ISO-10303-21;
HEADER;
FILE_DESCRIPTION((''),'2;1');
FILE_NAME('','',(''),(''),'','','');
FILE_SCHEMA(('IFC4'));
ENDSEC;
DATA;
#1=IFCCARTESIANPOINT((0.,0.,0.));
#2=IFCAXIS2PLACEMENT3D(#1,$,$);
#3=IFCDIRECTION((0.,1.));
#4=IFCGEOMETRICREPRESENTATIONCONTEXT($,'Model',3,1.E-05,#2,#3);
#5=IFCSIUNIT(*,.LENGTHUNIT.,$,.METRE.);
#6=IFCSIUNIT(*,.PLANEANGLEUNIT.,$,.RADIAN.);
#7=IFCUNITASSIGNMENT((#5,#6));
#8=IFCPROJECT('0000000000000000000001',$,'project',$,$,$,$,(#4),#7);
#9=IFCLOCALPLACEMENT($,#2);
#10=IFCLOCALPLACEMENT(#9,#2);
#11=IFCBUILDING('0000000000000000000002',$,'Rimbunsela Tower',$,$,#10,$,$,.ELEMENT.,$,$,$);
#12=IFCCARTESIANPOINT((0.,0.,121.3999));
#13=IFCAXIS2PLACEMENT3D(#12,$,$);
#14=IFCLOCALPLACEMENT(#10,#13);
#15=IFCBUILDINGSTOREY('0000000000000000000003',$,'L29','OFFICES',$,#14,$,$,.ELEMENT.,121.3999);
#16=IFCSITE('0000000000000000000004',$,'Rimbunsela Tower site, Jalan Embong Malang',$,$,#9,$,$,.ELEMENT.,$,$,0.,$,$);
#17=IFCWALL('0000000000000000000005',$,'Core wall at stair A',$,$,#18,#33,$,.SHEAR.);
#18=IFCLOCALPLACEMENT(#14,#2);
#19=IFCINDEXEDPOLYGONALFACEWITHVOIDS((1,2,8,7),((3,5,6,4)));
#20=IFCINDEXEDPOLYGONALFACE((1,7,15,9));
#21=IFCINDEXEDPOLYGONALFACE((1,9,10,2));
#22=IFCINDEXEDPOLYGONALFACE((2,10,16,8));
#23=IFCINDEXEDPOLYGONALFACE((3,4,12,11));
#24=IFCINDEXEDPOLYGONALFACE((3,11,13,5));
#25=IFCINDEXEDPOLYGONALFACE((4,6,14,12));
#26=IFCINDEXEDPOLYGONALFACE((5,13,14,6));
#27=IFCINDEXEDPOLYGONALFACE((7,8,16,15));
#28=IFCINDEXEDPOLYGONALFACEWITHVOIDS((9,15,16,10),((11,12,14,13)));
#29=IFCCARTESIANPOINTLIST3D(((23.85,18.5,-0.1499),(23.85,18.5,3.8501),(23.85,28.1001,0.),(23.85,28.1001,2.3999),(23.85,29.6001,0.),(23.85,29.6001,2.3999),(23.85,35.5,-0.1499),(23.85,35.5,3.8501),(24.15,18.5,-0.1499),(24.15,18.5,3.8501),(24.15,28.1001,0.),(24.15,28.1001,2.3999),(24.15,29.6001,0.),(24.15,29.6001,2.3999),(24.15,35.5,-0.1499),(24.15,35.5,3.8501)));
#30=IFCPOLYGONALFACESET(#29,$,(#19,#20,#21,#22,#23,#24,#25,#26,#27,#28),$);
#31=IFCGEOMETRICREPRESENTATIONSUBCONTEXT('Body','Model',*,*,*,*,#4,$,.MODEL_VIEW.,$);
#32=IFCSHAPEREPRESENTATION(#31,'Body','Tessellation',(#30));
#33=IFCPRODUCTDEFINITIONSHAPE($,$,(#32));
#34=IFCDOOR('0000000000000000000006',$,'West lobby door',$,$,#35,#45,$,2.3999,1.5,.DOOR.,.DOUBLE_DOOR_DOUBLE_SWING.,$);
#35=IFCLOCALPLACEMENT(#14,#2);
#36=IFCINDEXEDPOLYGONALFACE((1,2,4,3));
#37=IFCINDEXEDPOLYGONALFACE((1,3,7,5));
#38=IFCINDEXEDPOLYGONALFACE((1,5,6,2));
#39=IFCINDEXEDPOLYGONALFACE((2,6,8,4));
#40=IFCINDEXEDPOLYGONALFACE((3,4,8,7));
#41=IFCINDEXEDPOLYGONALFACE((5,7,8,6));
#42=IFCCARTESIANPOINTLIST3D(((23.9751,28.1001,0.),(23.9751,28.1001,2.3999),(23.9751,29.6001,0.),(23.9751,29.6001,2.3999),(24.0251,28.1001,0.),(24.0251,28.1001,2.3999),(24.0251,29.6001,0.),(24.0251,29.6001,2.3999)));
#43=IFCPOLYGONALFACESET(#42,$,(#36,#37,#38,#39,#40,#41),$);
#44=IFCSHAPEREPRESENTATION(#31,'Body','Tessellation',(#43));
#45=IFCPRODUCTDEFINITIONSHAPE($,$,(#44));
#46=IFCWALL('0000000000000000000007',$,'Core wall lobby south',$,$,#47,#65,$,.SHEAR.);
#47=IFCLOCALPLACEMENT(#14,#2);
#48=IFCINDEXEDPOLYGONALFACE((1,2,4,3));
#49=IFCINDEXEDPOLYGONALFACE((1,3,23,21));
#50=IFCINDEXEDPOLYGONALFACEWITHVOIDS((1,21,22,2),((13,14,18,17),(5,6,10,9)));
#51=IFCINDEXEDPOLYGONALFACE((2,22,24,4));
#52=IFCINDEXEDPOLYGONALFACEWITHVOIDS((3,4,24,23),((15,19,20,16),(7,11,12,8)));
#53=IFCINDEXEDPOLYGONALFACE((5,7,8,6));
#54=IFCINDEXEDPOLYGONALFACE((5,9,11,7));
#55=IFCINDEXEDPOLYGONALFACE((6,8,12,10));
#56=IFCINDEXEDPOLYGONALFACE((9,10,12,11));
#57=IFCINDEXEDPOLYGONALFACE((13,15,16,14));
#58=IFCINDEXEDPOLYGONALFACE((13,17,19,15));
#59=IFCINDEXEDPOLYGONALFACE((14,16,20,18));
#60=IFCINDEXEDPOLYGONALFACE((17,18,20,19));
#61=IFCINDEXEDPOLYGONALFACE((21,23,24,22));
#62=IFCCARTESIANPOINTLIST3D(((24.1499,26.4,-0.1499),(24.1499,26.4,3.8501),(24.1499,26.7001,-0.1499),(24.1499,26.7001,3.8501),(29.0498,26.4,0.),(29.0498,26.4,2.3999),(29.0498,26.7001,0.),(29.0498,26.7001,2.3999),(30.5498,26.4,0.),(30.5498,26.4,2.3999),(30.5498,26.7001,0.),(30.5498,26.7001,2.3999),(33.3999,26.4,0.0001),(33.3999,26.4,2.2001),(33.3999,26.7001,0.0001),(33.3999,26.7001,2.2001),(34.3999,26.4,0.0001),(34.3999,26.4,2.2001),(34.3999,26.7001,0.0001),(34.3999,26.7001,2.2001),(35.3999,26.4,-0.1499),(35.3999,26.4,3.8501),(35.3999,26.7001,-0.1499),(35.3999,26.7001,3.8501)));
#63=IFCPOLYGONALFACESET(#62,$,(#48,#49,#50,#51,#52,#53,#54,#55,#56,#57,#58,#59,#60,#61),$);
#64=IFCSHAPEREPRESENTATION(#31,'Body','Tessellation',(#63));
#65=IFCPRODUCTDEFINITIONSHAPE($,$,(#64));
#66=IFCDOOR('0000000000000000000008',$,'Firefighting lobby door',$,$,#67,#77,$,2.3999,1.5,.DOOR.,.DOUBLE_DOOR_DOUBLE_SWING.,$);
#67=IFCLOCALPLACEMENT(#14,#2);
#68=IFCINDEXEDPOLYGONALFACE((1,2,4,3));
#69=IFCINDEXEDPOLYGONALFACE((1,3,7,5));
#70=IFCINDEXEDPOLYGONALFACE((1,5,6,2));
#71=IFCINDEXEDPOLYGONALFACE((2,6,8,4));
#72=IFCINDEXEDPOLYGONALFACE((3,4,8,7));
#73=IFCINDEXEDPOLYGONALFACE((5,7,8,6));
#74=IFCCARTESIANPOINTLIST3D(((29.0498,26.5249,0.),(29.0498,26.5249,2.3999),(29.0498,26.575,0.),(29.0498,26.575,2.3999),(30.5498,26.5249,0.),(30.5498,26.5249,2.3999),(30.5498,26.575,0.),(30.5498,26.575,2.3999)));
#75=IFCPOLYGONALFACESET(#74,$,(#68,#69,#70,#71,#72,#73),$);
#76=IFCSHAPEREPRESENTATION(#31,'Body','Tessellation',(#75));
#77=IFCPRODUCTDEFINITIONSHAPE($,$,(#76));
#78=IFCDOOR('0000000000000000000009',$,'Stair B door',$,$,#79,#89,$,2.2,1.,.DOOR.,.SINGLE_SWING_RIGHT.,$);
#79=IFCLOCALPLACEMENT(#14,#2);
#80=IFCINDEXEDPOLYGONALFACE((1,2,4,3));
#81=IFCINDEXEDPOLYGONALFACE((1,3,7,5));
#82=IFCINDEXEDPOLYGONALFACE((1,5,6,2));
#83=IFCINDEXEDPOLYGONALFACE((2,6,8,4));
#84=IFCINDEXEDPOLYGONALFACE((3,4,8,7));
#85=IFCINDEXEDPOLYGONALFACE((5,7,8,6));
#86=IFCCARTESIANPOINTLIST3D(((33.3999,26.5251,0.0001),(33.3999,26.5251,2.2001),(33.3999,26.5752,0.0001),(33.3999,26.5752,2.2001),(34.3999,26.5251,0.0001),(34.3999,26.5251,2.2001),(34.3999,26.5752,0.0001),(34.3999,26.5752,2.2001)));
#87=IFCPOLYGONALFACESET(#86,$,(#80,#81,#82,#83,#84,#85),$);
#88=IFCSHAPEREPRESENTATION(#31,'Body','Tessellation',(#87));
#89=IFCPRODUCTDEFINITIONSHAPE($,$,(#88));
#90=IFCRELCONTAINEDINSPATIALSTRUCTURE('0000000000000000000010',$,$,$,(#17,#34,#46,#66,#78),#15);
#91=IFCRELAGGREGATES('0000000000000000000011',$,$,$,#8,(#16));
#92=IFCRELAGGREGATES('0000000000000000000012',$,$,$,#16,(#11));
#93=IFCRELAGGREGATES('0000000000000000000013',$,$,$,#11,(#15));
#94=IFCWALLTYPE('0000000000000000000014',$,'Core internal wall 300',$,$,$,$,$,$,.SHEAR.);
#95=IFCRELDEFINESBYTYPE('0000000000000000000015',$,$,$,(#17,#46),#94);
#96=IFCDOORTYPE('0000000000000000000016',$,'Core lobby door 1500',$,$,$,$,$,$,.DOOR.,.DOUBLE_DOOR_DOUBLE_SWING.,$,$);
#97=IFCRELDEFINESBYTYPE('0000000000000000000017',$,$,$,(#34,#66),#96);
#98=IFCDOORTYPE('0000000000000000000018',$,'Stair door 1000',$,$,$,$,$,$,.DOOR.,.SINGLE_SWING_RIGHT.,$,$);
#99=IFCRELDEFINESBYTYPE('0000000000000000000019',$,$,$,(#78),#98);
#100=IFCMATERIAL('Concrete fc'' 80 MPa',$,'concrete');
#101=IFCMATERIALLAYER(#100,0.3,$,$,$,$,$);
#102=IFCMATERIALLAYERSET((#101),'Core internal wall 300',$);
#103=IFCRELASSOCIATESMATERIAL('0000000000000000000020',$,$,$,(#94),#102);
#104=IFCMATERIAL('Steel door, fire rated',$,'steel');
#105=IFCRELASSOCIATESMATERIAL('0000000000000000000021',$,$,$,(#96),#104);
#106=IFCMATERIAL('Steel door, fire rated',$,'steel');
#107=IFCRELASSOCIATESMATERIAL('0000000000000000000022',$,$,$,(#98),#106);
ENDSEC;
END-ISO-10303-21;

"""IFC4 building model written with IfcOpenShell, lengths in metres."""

from ifc_helpers import new_model, si_unit, direction, frame, frame_2d, origin, place, context, subcontext, project, spatial, rectangle, extrude, material, layer, layer_set, type_object, element, fill, save


model = new_model("IFC4")

# Units and contexts
model_context = context("Model", 3, precision=1e-05, world=origin(), true_north=direction((0.0, 1.0)))
body_context = subcontext(model_context, "Body", "Model", "MODEL_VIEW")
ifc_project = project(units=[si_unit("LENGTHUNIT", "METRE"), si_unit("PLANEANGLEUNIT", "RADIAN")], contexts=[model_context])

# Site, building, storey
site_placement = place(None, origin())
site = spatial("IfcSite", under=ifc_project, at=site_placement, Name="Rimbunsela Tower site, Jalan Embong Malang", CompositionType="ELEMENT", RefElevation=0.0)
building_placement = place(site_placement, origin())
building = spatial("IfcBuilding", under=site, at=building_placement, Name="Rimbunsela Tower", CompositionType="ELEMENT")
storey_placement = place(building_placement, frame((0.0, 0.0, 121.3999)))
storey = spatial("IfcBuildingStorey", under=building, at=storey_placement, Name="L29", Description="OFFICES", CompositionType="ELEMENT", Elevation=121.3999)

# Wall, opening, door
ifc_material_1 = material(Name="Concrete fc' 80 MPa", Category="concrete")
ifc_layer_1 = layer(ifc_material_1, 0.3)
ifc_layer_set_1 = layer_set([ifc_layer_1], Name="Core internal wall 300")
wall_type_1 = type_object("IfcWallType", Name="Core internal wall 300", PredefinedType="SHEAR", material=ifc_layer_set_1)
wall_1_placement = place(storey_placement, frame((24.0, 18.5, -0.1499), z_axis=(0.0, 0.0, 1.0), x_axis=(0.0, 1.0, 0.0)))
wall_1 = element("IfcWall", 1, at=wall_1_placement, inside=storey, type_object=wall_type_1, Name="Core wall at stair A", PredefinedType="SHEAR", context=body_context, shape_type="SweptSolid", body=[
    extrude(rectangle(XDim=17.0, YDim=0.3, at=frame_2d((8.5, 0.0))), origin(), (0.0, 0.0, 1.0), 4.0),
])
opening_1_placement = place(wall_1_placement, frame((9.6001, 0.0, 0.1499)))
opening_1 = element("IfcOpeningElement", 2, at=opening_1_placement, cuts=wall_1, PredefinedType="OPENING", context=body_context, shape_type="SweptSolid", body=[
    extrude(rectangle(XDim=1.5, YDim=2.3999, at=frame_2d((0.75, 1.2))), frame((0.0, 0.1599, 0.0), z_axis=(0.0, -1.0, 0.0), x_axis=(1.0, 0.0, 0.0)), (0.0, 0.0, 1.0), 0.3201),
])
ifc_material_2 = material(Name="Steel door, fire rated", Category="steel")
door_type_1 = type_object("IfcDoorType", Name="Core lobby door 1500", OperationType="DOUBLE_DOOR_DOUBLE_SWING", PredefinedType="DOOR", material=ifc_material_2)
door_1_placement = place(opening_1_placement, origin())
door_1 = element("IfcDoor", 3, at=door_1_placement, inside=storey, type_object=door_type_1, Name="West lobby door", OperationType="DOUBLE_DOOR_DOUBLE_SWING", OverallHeight=2.3999, OverallWidth=1.5, PredefinedType="DOOR", context=body_context, shape_type="SweptSolid", body=[
    extrude(rectangle(XDim=1.5, YDim=2.3999, at=frame_2d((0.75, 1.2))), frame((0.0, 0.0249, 0.0), z_axis=(0.0, -1.0, 0.0), x_axis=(1.0, 0.0, 0.0)), (0.0, 0.0, 1.0), 0.05),
])
fill(opening_1, door_1)

# Wall, openings, doors
wall_2_placement = place(storey_placement, frame((24.1499, 26.55, -0.1499), z_axis=(0.0, 0.0, 1.0), x_axis=(1.0, 0.0, 0.0)))
wall_2 = element("IfcWall", 4, at=wall_2_placement, inside=storey, type_object=wall_type_1, Name="Core wall lobby south", PredefinedType="SHEAR", context=body_context, shape_type="SweptSolid", body=[
    extrude(rectangle(XDim=11.25, YDim=0.3, at=frame_2d((5.625, 0.0))), origin(), (0.0, 0.0, 1.0), 4.0),
])
opening_2_placement = place(wall_2_placement, frame((9.25, 0.0, 0.1499)))
opening_2 = element("IfcOpeningElement", 5, at=opening_2_placement, cuts=wall_2, PredefinedType="OPENING", context=body_context, shape_type="SweptSolid", body=[
    extrude(rectangle(XDim=1.0, YDim=2.2, at=frame_2d((0.5, 1.1001))), frame((0.0, 0.1599, 0.0), z_axis=(0.0, -1.0, 0.0), x_axis=(1.0, 0.0, 0.0)), (0.0, 0.0, 1.0), 0.3201),
])
opening_3_placement = place(wall_2_placement, frame((4.8999, 0.0, 0.1499)))
opening_3 = element("IfcOpeningElement", 6, at=opening_3_placement, cuts=wall_2, PredefinedType="OPENING", context=body_context, shape_type="SweptSolid", body=[
    extrude(rectangle(XDim=1.5, YDim=2.3999, at=frame_2d((0.75, 1.2))), frame((0.0, 0.1599, 0.0), z_axis=(0.0, -1.0, 0.0), x_axis=(1.0, 0.0, 0.0)), (0.0, 0.0, 1.0), 0.3201),
])
door_2_placement = place(opening_3_placement, origin())
door_2 = element("IfcDoor", 7, at=door_2_placement, inside=storey, type_object=door_type_1, Name="Firefighting lobby door", OperationType="DOUBLE_DOOR_DOUBLE_SWING", OverallHeight=2.3999, OverallWidth=1.5, PredefinedType="DOOR", context=body_context, shape_type="SweptSolid", body=[
    extrude(rectangle(XDim=1.5, YDim=2.3999, at=frame_2d((0.75, 1.2))), frame((0.0, 0.0249, 0.0), z_axis=(0.0, -1.0, 0.0), x_axis=(1.0, 0.0, 0.0)), (0.0, 0.0, 1.0), 0.05),
])
fill(opening_3, door_2)
ifc_material_3 = material(Name="Steel door, fire rated", Category="steel")
door_type_2 = type_object("IfcDoorType", Name="Stair door 1000", OperationType="SINGLE_SWING_RIGHT", PredefinedType="DOOR", material=ifc_material_3)
door_3_placement = place(opening_2_placement, frame((1.0, 0.0, 0.0), z_axis=(0.0, 0.0, 1.0), x_axis=(-1.0, 0.0, 0.0)))
door_3 = element("IfcDoor", 8, at=door_3_placement, inside=storey, type_object=door_type_2, Name="Stair B door", OperationType="SINGLE_SWING_RIGHT", OverallHeight=2.2, OverallWidth=1.0, PredefinedType="DOOR", context=body_context, shape_type="SweptSolid", body=[
    extrude(rectangle(XDim=1.0, YDim=2.2, at=frame_2d((0.5, 1.1001))), frame((0.0, 0.0249, 0.0), z_axis=(0.0, -1.0, 0.0), x_axis=(1.0, 0.0, 0.0)), (0.0, 0.0, 1.0), 0.05),
])
fill(opening_2, door_3)

save(model, "model.ifc")
